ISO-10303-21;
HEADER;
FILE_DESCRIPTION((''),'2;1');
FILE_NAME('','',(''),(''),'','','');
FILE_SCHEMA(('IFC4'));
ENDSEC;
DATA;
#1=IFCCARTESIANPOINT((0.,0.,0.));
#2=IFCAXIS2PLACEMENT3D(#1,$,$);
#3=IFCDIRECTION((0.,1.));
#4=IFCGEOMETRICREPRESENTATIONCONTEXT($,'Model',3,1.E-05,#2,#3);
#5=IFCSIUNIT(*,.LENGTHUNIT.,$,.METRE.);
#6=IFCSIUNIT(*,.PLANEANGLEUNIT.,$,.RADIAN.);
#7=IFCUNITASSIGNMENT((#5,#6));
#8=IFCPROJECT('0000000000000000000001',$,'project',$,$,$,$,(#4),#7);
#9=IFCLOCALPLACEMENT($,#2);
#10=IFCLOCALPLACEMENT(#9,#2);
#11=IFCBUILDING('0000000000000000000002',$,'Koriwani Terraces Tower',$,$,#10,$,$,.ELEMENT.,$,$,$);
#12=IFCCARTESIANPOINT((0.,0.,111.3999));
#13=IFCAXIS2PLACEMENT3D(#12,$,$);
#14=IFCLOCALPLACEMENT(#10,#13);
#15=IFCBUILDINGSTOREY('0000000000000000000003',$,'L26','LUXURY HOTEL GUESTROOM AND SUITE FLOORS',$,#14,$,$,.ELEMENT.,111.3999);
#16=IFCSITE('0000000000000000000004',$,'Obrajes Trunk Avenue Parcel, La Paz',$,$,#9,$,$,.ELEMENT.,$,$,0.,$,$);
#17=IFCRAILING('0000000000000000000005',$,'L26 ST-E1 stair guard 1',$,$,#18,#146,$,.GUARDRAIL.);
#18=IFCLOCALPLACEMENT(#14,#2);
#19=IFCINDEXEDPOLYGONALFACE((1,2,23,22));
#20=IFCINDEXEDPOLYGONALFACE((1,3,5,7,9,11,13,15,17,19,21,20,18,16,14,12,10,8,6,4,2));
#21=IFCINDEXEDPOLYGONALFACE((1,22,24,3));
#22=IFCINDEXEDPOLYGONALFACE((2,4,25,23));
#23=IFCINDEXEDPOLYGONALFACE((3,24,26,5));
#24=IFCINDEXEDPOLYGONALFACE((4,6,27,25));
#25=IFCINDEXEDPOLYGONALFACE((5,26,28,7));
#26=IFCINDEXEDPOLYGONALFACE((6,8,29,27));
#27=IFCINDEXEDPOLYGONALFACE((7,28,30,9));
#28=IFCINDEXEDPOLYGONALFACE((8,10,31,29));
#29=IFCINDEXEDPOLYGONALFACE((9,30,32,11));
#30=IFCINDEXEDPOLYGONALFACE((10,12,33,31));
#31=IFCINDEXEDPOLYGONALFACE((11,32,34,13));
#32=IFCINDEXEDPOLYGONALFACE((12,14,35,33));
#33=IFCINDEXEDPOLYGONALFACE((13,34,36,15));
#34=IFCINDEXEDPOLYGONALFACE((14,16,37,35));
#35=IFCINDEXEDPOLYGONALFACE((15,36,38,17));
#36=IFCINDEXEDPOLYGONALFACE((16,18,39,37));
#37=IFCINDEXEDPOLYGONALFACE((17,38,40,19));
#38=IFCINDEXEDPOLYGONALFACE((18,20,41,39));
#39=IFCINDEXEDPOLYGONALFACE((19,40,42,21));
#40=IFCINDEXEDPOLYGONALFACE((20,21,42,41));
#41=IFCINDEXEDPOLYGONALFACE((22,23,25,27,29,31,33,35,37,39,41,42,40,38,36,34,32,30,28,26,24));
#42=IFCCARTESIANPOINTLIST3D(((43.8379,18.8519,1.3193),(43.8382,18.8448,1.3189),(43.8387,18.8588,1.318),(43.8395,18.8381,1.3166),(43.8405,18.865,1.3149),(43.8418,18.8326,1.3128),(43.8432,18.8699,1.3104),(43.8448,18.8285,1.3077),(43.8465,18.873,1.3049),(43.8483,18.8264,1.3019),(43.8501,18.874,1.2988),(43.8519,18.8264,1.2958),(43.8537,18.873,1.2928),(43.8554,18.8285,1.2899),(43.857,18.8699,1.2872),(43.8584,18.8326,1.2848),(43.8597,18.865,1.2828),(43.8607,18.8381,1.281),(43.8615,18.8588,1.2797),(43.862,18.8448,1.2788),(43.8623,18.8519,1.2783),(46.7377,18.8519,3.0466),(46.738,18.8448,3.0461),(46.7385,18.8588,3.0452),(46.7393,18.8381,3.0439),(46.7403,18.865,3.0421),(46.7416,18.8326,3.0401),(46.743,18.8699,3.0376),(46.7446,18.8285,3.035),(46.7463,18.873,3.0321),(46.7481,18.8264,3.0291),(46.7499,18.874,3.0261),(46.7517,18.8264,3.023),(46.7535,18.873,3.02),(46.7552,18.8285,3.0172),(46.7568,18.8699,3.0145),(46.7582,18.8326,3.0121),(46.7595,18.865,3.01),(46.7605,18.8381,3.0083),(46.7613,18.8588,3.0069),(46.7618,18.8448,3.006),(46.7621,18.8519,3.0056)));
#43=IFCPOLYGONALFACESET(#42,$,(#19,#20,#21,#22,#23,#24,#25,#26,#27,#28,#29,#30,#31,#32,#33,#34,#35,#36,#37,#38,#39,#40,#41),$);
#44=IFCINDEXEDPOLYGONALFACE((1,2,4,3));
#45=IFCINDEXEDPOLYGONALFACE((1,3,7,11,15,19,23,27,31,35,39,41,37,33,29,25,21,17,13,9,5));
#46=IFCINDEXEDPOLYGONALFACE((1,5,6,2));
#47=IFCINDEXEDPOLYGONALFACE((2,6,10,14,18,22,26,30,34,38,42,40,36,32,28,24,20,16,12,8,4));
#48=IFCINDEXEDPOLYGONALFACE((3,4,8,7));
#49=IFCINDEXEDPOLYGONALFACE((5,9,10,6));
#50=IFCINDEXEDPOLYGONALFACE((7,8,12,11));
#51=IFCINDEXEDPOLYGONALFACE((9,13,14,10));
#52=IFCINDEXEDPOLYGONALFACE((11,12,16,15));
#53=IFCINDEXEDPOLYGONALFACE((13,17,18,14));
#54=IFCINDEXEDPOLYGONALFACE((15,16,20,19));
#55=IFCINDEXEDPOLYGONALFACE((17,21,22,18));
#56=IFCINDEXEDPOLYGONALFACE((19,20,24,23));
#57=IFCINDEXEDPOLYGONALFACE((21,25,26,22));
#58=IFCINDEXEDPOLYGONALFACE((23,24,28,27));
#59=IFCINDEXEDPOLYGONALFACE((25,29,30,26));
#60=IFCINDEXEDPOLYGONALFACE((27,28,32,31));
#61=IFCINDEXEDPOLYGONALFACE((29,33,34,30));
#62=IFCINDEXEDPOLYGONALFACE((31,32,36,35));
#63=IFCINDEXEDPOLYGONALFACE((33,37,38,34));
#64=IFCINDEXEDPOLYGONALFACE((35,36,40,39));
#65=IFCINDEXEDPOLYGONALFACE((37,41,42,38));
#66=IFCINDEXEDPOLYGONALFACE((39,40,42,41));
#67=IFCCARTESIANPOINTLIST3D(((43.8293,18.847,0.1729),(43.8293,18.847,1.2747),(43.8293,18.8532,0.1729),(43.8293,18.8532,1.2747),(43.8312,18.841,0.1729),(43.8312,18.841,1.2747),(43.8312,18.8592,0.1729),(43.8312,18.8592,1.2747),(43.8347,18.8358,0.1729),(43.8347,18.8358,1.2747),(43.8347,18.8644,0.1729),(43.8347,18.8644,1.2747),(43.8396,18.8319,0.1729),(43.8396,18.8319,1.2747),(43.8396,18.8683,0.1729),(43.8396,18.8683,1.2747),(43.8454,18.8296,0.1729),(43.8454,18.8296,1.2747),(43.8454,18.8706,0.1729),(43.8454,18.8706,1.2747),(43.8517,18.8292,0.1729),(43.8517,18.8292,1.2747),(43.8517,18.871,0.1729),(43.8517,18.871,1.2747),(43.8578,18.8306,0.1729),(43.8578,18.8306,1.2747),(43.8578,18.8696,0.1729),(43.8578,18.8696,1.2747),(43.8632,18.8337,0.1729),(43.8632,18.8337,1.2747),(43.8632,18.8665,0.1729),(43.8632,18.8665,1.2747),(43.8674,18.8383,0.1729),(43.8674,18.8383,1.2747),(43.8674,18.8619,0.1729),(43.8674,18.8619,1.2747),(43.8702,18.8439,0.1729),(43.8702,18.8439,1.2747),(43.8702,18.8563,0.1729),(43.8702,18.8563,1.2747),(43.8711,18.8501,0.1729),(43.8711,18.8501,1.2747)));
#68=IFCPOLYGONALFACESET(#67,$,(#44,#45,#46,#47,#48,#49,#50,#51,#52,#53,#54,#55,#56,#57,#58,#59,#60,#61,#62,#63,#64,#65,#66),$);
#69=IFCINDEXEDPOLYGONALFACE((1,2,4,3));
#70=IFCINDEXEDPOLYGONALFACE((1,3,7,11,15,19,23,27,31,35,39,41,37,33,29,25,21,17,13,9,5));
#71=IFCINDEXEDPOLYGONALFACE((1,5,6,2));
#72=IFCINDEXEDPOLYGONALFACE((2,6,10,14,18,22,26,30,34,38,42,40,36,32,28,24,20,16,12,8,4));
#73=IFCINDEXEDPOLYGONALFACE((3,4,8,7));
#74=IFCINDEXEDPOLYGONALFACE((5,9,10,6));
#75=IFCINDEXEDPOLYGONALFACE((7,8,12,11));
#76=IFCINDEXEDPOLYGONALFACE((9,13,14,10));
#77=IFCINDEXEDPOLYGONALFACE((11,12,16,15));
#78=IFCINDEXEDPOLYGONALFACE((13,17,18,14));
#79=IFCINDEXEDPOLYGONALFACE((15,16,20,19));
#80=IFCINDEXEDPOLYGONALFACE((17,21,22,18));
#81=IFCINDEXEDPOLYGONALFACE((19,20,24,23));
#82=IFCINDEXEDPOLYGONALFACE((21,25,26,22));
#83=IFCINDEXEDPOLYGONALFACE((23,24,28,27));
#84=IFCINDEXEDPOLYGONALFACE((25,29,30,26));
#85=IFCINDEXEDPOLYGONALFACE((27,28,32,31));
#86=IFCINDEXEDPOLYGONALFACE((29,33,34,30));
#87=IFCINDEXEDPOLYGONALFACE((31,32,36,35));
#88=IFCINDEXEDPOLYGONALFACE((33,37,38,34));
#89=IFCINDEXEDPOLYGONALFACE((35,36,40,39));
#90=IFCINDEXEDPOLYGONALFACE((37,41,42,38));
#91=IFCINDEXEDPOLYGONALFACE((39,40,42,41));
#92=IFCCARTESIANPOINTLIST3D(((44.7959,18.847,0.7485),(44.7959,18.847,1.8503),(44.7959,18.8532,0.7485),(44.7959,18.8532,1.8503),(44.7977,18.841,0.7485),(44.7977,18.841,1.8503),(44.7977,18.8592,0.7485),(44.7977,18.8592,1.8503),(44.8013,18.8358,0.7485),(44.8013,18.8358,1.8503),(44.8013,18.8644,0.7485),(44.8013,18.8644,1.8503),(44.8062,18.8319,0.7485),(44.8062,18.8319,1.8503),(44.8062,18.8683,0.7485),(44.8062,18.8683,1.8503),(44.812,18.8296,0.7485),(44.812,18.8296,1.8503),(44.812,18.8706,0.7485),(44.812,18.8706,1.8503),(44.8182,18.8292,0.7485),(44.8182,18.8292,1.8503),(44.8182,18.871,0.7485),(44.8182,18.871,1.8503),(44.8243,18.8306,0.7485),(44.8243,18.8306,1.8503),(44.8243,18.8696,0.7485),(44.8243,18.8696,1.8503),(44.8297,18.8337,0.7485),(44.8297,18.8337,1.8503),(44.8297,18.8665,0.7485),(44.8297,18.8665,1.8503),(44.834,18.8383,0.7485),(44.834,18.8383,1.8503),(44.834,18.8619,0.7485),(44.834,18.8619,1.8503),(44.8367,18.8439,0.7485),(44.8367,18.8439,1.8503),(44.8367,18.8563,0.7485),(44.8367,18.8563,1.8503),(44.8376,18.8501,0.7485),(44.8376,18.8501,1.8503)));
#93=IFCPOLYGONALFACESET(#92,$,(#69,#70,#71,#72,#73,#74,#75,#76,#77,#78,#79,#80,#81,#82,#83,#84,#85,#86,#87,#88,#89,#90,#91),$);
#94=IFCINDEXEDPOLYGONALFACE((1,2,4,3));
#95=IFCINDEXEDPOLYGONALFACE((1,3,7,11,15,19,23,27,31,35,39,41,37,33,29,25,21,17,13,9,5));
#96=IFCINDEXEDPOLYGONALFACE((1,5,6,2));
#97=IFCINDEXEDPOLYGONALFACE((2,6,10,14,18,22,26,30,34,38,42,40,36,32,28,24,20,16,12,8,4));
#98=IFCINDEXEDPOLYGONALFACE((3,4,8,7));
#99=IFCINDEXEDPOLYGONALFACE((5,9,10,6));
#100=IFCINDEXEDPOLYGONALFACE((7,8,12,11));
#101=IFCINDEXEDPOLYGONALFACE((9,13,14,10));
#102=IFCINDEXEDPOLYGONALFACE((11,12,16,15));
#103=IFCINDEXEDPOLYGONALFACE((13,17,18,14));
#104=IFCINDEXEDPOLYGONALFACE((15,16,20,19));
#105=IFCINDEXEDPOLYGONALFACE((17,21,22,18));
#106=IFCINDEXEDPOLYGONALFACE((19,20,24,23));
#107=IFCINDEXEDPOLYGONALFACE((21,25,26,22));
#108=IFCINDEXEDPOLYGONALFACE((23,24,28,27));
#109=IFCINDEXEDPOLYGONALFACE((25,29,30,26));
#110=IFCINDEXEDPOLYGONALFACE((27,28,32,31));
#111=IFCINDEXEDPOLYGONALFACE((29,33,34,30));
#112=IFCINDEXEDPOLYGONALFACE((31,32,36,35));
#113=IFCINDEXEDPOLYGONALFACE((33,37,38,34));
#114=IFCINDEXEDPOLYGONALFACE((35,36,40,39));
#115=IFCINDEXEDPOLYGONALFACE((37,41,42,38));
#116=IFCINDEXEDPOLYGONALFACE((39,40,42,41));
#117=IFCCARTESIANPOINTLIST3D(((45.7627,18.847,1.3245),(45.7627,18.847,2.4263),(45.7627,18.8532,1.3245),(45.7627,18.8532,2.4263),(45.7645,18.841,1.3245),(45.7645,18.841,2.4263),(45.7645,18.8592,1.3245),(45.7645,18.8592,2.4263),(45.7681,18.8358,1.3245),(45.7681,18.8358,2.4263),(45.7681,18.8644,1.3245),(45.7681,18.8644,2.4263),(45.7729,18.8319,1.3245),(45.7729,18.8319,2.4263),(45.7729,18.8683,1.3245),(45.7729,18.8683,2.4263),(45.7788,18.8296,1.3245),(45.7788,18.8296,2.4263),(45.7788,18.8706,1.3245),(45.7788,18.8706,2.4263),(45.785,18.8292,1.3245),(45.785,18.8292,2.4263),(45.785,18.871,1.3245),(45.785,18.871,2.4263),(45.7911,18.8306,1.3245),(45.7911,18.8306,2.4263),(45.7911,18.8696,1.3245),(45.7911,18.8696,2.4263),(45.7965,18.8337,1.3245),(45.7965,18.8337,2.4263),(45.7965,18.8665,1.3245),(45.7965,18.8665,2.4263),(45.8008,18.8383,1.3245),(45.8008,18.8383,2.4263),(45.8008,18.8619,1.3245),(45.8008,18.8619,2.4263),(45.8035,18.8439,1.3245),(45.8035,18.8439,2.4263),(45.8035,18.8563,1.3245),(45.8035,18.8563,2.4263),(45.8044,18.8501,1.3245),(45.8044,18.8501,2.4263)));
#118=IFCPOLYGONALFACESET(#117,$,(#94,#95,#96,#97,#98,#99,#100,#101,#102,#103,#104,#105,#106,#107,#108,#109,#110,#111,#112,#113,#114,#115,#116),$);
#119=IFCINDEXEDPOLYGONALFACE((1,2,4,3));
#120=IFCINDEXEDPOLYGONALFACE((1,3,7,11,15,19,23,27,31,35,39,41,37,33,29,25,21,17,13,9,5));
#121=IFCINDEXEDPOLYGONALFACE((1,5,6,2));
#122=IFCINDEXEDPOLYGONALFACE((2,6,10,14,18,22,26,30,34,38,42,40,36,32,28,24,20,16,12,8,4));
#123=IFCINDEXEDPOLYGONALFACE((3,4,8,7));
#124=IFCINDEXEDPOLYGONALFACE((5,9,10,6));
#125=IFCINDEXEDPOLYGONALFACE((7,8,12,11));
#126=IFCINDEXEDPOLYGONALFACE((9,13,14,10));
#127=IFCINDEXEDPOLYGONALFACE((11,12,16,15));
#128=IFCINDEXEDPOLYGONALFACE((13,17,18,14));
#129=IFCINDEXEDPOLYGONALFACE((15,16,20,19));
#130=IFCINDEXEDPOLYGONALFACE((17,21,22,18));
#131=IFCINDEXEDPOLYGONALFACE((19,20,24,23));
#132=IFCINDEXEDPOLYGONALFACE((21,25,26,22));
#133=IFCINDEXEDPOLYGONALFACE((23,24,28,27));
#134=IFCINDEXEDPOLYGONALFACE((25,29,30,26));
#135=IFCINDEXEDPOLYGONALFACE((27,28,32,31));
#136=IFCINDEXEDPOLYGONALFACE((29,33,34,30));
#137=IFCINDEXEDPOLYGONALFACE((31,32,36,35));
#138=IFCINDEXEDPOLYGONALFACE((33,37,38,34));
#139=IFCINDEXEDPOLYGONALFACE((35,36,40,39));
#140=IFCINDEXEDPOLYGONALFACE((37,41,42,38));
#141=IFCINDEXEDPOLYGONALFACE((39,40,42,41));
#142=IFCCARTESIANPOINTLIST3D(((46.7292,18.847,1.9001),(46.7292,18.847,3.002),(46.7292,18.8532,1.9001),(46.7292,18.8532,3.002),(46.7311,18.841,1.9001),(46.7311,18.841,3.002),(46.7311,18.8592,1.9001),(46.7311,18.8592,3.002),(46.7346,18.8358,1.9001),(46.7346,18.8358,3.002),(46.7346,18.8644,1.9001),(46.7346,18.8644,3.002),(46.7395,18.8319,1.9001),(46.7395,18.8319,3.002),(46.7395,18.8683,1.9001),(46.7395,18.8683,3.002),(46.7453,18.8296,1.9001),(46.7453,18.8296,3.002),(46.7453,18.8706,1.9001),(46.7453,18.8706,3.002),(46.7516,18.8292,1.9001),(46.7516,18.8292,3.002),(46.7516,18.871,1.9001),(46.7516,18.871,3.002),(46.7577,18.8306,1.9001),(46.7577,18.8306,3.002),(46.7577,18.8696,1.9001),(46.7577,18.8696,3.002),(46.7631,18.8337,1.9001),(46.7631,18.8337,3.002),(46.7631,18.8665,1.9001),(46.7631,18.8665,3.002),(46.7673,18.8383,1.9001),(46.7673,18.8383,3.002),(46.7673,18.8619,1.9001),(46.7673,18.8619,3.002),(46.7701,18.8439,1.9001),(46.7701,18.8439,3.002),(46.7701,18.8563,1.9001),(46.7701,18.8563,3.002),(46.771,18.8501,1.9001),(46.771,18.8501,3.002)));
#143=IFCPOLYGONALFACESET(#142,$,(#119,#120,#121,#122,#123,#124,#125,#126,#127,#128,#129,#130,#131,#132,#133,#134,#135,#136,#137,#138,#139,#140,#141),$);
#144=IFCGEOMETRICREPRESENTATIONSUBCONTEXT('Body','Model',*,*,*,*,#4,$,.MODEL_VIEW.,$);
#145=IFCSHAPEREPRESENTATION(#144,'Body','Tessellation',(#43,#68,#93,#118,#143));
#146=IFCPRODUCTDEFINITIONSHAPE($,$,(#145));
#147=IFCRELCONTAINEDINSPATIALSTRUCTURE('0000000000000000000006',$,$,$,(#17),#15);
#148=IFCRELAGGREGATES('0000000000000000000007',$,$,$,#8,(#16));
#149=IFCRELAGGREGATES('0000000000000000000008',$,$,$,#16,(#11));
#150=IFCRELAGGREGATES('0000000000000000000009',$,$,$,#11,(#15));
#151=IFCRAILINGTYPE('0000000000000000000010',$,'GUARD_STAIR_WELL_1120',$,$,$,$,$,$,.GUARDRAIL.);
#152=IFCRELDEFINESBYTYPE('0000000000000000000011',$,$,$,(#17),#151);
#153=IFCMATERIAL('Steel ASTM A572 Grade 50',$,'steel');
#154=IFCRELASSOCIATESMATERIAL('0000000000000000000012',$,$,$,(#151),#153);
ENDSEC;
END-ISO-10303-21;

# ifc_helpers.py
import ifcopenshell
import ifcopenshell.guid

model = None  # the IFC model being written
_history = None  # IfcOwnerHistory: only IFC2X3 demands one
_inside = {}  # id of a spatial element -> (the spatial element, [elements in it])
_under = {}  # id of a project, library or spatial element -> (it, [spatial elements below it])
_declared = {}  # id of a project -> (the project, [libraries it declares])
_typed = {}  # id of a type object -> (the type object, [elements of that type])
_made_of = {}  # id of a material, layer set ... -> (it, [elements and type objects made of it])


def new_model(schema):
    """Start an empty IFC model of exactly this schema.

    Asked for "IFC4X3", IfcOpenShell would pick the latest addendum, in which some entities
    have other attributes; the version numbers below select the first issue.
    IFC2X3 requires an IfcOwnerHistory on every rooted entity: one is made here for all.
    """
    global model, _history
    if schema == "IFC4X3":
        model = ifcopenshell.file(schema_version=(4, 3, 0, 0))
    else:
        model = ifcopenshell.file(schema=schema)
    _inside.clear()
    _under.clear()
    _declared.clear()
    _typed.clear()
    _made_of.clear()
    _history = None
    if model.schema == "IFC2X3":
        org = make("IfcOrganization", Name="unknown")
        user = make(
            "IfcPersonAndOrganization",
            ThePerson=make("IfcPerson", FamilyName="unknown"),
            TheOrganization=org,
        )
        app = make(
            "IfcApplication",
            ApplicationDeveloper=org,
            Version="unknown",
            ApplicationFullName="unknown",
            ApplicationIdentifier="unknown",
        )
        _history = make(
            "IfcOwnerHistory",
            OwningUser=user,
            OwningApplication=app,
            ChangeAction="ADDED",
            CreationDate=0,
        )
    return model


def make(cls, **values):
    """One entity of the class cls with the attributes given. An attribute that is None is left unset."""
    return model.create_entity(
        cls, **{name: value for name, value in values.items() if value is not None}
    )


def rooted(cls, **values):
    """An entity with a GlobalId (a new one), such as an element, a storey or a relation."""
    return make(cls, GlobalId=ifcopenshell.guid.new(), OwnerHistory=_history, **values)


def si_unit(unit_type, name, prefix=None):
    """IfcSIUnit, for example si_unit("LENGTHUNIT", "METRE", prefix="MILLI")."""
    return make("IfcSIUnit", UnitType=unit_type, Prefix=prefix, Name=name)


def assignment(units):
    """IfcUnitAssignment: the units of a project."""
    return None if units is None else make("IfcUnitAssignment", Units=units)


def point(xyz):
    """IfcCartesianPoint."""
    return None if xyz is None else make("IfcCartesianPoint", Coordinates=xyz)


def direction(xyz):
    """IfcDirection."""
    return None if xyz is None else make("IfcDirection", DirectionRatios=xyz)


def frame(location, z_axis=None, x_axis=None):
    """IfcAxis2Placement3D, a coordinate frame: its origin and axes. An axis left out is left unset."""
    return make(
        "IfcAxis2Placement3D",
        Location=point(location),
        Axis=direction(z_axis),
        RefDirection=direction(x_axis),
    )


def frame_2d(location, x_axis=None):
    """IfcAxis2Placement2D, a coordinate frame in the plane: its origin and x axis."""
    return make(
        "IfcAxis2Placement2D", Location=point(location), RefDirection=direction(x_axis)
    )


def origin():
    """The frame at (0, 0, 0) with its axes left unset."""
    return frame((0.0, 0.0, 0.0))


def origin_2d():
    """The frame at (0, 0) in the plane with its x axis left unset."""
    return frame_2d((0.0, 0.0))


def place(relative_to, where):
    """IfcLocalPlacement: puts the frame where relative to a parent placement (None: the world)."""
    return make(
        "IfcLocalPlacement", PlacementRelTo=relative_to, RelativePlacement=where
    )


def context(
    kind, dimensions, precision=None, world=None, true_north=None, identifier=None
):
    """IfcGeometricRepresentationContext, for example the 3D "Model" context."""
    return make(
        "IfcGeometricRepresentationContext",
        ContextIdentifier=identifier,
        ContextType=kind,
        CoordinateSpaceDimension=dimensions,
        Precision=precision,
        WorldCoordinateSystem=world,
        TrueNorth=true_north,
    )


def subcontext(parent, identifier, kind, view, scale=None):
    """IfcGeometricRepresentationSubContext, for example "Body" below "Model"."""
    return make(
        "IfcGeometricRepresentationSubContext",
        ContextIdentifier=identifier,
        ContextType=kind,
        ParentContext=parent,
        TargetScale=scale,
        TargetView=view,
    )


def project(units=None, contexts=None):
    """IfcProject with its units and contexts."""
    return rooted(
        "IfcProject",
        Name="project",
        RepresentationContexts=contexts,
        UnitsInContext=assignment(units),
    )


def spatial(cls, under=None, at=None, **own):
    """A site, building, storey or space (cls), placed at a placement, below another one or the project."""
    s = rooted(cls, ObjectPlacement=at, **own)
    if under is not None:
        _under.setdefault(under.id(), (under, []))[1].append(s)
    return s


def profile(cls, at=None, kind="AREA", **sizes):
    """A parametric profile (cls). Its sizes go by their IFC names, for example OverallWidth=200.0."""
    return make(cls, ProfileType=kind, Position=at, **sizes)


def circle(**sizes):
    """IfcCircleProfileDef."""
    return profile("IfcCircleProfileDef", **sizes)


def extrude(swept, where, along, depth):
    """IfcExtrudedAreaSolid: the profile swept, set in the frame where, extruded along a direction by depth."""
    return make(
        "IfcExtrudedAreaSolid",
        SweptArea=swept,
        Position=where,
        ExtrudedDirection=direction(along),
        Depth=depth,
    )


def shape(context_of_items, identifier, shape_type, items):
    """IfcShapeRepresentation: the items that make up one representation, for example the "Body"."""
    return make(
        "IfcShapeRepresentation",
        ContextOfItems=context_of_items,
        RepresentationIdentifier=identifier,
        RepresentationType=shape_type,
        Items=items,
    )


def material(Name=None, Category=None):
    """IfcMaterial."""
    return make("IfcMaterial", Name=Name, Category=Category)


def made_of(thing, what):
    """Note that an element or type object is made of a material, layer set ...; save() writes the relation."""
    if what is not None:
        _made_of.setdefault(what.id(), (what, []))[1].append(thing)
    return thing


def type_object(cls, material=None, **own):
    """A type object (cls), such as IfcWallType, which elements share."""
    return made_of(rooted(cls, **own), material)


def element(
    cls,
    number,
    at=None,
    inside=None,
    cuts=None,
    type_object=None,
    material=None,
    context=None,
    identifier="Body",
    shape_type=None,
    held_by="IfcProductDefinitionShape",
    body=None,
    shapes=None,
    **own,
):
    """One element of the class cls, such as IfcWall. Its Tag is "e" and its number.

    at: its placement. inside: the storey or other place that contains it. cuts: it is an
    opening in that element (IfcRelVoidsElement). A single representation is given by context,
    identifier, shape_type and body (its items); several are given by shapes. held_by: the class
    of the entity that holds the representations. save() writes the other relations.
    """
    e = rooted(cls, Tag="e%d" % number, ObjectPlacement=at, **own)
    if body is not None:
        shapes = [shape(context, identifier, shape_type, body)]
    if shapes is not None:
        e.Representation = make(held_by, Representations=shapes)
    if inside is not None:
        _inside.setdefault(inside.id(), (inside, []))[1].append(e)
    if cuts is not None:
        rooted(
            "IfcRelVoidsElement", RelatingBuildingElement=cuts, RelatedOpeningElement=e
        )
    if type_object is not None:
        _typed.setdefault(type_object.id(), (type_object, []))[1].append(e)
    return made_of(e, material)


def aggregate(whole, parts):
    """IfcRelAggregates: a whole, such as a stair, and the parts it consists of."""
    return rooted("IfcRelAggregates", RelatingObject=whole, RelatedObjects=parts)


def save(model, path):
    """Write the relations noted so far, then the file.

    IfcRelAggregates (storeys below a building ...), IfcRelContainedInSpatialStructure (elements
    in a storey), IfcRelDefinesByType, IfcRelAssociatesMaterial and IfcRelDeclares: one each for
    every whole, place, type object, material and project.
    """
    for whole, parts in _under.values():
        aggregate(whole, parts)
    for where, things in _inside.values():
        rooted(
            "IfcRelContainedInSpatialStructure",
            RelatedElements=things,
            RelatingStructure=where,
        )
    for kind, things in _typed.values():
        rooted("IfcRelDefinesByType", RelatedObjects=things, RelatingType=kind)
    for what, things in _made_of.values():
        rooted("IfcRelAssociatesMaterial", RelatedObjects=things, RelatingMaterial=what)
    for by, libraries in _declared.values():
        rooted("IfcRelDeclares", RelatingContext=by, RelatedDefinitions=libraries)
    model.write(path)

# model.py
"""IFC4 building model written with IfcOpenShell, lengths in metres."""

from ifc_helpers import new_model, si_unit, direction, frame, origin, origin_2d, place, context, subcontext, project, spatial, circle, extrude, material, type_object, element, save


model = new_model("IFC4")

# Units and contexts
model_context = context("Model", 3, precision=1e-05, world=origin(), true_north=direction((0.0, 1.0)))
body_context = subcontext(model_context, "Body", "Model", "MODEL_VIEW")
ifc_project = project(units=[si_unit("LENGTHUNIT", "METRE"), si_unit("PLANEANGLEUNIT", "RADIAN")], contexts=[model_context])

# Site, building, storey
site_placement = place(None, origin())
site = spatial("IfcSite", under=ifc_project, at=site_placement, Name="Obrajes Trunk Avenue Parcel, La Paz", CompositionType="ELEMENT", RefElevation=0.0)
building_placement = place(site_placement, origin())
building = spatial("IfcBuilding", under=site, at=building_placement, Name="Koriwani Terraces Tower", CompositionType="ELEMENT")
storey_placement = place(building_placement, frame((0.0, 0.0, 111.3999)))
storey = spatial("IfcBuildingStorey", under=building, at=storey_placement, Name="L26", Description="LUXURY HOTEL GUESTROOM AND SUITE FLOORS", CompositionType="ELEMENT", Elevation=111.3999)

# Shared definitions
ifc_material_1 = material(Name="Steel ASTM A572 Grade 50", Category="steel")

# Railing
railing_type_1 = type_object("IfcRailingType", Name="GUARD_STAIR_WELL_1120", PredefinedType="GUARDRAIL", material=ifc_material_1)
railing_placement = place(storey_placement, frame((43.8501, 18.8501, 0.1729)))
element("IfcRailing", 1, at=railing_placement, inside=storey, type_object=railing_type_1, Name="L26 ST-E1 stair guard 1", PredefinedType="GUARDRAIL", context=body_context, shape_type="SweptSolid", body=[
    extrude(circle(Radius=0.0239, at=origin_2d()), frame((0.0, 0.0, 1.126), z_axis=(0.859141, 0.0, 0.511738), x_axis=(0.0, 1.0, 0.0)), (0.0, 0.0, 1.0), 3.3752),
    extrude(circle(Radius=0.021, at=origin_2d()), origin(), (0.0, 0.0, 1.0), 1.1018),
    extrude(circle(Radius=0.021, at=origin_2d()), frame((0.9666, 0.0, 0.5757)), (0.0, 0.0, 1.0), 1.1018),
    extrude(circle(Radius=0.021, at=origin_2d()), frame((1.9333, 0.0, 1.1516)), (0.0, 0.0, 1.0), 1.1018),
    extrude(circle(Radius=0.021, at=origin_2d()), frame((2.8999, 0.0, 1.7273)), (0.0, 0.0, 1.0), 1.1018),
])

save(model, "model.ifc")
